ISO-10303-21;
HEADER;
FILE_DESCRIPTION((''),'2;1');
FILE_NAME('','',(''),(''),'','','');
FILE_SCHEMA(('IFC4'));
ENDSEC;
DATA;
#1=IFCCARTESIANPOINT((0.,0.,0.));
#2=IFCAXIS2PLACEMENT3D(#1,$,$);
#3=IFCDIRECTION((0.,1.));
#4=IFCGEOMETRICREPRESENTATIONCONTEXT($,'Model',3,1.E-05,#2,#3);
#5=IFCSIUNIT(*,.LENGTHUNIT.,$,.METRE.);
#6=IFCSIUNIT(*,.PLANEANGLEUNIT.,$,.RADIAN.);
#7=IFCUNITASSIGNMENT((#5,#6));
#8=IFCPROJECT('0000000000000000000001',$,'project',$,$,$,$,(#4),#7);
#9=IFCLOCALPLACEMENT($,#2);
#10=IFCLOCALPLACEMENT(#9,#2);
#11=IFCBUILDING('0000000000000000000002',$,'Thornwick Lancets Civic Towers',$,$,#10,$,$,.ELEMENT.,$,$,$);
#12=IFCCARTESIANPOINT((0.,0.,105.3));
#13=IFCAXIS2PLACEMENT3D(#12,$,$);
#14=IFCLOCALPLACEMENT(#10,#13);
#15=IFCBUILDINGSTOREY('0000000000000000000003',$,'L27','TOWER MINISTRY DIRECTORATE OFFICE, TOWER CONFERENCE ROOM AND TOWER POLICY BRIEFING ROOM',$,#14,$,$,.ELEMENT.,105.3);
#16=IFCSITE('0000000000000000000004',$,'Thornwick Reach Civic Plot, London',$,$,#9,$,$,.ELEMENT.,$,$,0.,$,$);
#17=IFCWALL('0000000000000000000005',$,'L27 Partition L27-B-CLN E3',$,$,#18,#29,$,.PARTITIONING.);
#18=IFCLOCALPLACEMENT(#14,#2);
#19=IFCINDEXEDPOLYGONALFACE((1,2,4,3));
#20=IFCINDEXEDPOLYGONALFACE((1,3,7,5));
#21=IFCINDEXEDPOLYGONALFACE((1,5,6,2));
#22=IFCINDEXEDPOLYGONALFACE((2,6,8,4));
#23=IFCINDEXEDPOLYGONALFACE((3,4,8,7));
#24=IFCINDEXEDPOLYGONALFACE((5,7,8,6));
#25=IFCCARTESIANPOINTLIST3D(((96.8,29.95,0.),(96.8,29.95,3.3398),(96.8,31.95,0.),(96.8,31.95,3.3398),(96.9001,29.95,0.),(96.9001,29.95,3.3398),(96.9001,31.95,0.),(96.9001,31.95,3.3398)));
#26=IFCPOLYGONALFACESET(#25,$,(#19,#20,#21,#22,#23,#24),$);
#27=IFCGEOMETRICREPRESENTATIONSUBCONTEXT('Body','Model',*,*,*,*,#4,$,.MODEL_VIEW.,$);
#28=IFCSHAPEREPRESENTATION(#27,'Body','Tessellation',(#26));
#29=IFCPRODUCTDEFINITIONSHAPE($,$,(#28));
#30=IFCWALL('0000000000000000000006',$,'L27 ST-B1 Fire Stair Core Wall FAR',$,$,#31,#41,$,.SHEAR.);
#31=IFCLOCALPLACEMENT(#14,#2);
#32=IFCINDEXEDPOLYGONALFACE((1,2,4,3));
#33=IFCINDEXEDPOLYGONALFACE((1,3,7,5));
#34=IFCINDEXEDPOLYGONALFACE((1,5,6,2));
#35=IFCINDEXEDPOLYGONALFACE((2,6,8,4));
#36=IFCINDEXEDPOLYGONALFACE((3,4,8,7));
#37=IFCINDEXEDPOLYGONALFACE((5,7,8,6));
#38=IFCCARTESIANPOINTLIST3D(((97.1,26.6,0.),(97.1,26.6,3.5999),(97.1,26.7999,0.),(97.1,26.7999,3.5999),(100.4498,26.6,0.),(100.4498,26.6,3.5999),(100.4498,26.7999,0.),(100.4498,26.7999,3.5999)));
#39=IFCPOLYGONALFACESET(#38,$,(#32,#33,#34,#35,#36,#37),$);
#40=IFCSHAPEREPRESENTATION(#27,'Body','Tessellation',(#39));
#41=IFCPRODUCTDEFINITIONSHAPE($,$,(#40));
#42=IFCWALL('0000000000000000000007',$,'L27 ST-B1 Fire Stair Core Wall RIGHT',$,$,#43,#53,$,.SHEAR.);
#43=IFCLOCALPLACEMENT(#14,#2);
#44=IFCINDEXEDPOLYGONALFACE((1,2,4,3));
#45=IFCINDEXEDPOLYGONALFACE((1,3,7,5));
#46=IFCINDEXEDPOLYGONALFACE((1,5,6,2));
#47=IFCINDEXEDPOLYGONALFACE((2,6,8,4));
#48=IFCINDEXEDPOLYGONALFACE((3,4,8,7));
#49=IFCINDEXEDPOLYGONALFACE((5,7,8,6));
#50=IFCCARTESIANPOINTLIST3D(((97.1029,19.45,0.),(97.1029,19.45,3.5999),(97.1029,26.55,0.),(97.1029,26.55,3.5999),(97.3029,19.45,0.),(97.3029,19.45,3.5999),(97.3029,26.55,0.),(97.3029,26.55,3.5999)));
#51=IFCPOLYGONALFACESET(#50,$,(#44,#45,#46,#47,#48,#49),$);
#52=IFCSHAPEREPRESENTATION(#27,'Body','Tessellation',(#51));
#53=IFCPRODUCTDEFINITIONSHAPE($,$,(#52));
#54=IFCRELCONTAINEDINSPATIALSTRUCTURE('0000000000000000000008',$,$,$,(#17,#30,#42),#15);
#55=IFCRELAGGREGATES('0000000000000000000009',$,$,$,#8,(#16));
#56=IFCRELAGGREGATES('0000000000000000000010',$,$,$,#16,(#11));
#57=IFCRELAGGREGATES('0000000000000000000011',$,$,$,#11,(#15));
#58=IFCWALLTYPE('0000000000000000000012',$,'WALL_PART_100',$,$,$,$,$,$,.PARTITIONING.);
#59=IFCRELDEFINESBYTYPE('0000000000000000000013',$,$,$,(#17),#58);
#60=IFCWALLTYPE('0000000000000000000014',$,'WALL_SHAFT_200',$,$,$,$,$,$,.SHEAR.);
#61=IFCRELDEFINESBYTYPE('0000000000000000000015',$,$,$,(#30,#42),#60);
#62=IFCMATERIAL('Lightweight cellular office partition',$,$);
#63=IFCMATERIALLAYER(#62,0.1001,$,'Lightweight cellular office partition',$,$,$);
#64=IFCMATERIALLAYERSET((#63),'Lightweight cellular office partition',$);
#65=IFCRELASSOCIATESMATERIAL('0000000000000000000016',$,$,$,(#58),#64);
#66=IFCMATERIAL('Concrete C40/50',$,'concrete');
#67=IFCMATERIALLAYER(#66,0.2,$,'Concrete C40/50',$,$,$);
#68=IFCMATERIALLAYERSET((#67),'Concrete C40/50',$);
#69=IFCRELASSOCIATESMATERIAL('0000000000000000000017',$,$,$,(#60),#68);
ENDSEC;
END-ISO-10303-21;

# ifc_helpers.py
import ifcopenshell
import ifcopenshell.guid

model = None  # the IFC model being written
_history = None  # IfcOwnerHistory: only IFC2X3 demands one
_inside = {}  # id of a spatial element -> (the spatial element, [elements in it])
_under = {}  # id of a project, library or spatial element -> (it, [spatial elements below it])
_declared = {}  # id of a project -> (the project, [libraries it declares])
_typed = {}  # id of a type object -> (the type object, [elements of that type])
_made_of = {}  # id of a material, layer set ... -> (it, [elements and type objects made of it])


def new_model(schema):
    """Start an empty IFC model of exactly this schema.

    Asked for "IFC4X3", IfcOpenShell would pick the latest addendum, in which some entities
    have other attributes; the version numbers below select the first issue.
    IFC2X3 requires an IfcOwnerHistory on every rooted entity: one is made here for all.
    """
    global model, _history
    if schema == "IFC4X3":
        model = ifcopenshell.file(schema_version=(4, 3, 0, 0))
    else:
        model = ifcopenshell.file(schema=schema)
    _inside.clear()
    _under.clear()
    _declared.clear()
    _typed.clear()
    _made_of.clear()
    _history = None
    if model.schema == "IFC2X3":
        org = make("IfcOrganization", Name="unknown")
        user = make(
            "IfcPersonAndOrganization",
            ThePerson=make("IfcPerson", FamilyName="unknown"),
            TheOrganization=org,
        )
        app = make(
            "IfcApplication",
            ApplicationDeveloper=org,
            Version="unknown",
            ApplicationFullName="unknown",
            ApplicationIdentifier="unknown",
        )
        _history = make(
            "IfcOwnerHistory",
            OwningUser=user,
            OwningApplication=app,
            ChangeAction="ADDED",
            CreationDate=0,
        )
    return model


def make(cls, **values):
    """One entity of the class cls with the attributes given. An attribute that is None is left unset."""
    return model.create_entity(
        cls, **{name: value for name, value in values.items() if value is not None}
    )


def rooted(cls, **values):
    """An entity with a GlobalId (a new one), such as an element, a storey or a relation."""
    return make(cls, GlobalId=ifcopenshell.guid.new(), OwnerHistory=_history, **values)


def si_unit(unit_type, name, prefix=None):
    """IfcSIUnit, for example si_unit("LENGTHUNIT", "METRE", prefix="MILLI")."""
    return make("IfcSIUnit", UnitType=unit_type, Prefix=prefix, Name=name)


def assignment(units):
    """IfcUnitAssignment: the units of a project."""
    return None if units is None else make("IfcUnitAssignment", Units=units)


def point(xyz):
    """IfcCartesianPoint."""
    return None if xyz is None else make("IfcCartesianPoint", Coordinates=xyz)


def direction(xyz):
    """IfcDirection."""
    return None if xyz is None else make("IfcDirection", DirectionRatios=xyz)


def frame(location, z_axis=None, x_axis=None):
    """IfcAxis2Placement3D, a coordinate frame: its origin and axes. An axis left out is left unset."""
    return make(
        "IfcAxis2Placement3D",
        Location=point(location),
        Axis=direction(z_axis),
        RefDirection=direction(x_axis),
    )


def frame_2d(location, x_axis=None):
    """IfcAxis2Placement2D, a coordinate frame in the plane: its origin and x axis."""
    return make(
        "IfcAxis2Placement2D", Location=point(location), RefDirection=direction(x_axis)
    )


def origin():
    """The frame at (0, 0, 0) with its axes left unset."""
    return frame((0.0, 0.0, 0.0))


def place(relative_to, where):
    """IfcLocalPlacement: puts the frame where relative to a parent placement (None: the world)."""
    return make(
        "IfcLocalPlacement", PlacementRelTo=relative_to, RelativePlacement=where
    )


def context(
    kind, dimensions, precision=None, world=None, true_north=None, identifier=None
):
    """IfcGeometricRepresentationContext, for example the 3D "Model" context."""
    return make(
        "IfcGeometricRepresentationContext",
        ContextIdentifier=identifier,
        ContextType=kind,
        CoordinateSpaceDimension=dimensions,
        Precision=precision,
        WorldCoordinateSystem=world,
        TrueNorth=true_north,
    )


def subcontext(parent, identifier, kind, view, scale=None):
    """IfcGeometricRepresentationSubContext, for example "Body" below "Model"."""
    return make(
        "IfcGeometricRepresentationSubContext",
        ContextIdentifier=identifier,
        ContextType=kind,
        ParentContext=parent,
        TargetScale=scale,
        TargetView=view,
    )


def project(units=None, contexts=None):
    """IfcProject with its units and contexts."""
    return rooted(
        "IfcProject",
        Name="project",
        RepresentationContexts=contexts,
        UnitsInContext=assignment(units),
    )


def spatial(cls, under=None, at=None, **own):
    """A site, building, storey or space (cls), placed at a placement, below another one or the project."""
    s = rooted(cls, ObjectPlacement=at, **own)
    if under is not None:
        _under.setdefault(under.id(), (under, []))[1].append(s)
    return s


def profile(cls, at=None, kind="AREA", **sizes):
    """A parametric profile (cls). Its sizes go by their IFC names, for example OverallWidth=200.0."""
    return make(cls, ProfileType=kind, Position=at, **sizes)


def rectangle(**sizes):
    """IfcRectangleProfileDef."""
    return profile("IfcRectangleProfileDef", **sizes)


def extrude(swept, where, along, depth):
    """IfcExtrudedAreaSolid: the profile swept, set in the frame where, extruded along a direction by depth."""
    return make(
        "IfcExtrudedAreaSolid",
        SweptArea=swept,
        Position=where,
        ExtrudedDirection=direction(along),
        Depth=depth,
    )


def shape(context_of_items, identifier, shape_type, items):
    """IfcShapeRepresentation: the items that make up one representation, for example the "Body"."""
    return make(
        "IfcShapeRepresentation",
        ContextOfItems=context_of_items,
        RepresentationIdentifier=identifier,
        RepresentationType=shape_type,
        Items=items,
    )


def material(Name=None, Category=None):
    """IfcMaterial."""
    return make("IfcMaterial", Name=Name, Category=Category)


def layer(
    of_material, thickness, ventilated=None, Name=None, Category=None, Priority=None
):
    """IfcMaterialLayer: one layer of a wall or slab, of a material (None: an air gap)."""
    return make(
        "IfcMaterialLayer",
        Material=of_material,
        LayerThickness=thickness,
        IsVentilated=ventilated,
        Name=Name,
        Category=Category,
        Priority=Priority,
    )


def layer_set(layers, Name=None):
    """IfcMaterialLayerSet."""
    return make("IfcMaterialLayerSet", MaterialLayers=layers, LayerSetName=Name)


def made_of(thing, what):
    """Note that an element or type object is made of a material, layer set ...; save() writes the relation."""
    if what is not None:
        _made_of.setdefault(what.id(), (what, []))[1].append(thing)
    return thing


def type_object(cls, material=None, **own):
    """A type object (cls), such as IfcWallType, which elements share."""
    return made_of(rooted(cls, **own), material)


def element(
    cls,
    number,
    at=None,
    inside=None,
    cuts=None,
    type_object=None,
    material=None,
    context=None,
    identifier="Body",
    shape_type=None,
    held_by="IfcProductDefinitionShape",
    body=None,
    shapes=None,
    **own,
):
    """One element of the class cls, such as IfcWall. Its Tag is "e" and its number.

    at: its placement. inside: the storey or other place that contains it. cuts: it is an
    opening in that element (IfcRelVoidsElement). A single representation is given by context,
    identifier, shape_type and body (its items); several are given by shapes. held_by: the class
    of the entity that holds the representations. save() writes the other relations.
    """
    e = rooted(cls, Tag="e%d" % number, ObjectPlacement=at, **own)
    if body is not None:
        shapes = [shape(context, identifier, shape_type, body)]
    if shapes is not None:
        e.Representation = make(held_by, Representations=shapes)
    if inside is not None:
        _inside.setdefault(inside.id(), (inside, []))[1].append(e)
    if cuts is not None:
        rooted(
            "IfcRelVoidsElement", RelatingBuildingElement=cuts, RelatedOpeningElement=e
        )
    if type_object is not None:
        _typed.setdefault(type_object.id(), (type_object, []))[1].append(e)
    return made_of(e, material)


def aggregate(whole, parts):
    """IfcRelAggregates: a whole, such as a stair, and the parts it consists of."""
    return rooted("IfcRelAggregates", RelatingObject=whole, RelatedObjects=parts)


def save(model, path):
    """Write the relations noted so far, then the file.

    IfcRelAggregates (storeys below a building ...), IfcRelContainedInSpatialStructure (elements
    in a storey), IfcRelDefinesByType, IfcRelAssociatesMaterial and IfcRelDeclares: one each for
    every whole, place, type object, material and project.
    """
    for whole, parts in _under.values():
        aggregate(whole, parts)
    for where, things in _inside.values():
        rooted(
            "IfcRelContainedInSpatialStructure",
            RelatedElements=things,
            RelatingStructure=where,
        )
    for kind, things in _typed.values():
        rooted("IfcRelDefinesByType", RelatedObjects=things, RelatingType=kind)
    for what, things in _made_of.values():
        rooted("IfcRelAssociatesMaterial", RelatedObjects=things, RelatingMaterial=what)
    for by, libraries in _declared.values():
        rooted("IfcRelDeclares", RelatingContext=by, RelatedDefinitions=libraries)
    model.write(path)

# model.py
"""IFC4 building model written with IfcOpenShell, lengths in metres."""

from ifc_helpers import new_model, si_unit, direction, frame, frame_2d, origin, place, context, subcontext, project, spatial, rectangle, extrude, material, layer, layer_set, type_object, element, save


model = new_model("IFC4")

# Units and contexts
model_context = context("Model", 3, precision=1e-05, world=origin(), true_north=direction((0.0, 1.0)))
body_context = subcontext(model_context, "Body", "Model", "MODEL_VIEW")
ifc_project = project(units=[si_unit("LENGTHUNIT", "METRE"), si_unit("PLANEANGLEUNIT", "RADIAN")], contexts=[model_context])

# Site, building, storey
site_placement = place(None, origin())
site = spatial("IfcSite", under=ifc_project, at=site_placement, Name="Thornwick Reach Civic Plot, London", CompositionType="ELEMENT", RefElevation=0.0)
building_placement = place(site_placement, origin())
building = spatial("IfcBuilding", under=site, at=building_placement, Name="Thornwick Lancets Civic Towers", CompositionType="ELEMENT")
storey_placement = place(building_placement, frame((0.0, 0.0, 105.3)))
storey = spatial("IfcBuildingStorey", under=building, at=storey_placement, Name="L27", Description="TOWER MINISTRY DIRECTORATE OFFICE, TOWER CONFERENCE ROOM AND TOWER POLICY BRIEFING ROOM", CompositionType="ELEMENT", Elevation=105.3)

# Shared definitions
ifc_material_1 = material(Name="Lightweight cellular office partition")
ifc_layer_1 = layer(ifc_material_1, 0.1001, Name="Lightweight cellular office partition")
ifc_layer_set_1 = layer_set([ifc_layer_1], Name="Lightweight cellular office partition")
wall_type_1 = type_object("IfcWallType", Name="WALL_PART_100", PredefinedType="PARTITIONING", material=ifc_layer_set_1)

# Walls
wall_1_placement = place(storey_placement, frame((96.8501, 31.95, 0.0), z_axis=(0.0, 0.0, 1.0), x_axis=(0.0, -1.0, 0.0)))
element("IfcWall", 1, at=wall_1_placement, inside=storey, type_object=wall_type_1, Name="L27 Partition L27-B-CLN E3", PredefinedType="PARTITIONING", context=body_context, shape_type="SweptSolid", body=[
    extrude(rectangle(XDim=2.0, YDim=0.1001, at=frame_2d((1.0, 0.0))), origin(), (0.0, 0.0, 1.0), 3.3398),
])
ifc_material_2 = material(Name="Concrete C40/50", Category="concrete")
ifc_layer_2 = layer(ifc_material_2, 0.2, Name="Concrete C40/50")
ifc_layer_set_2 = layer_set([ifc_layer_2], Name="Concrete C40/50")
wall_type_2 = type_object("IfcWallType", Name="WALL_SHAFT_200", PredefinedType="SHEAR", material=ifc_layer_set_2)
wall_2_placement = place(storey_placement, frame((97.1001, 26.7, 0.0), z_axis=(0.0, 0.0, 1.0), x_axis=(1.0, 0.0, 0.0)))
element("IfcWall", 2, at=wall_2_placement, inside=storey, type_object=wall_type_2, Name="L27 ST-B1 Fire Stair Core Wall FAR", PredefinedType="SHEAR", context=body_context, shape_type="SweptSolid", body=[
    extrude(rectangle(XDim=3.3499, YDim=0.2, at=frame_2d((1.6748, 0.0))), origin(), (0.0, 0.0, 1.0), 3.5999),
])
wall_3_placement = place(storey_placement, frame((97.2029, 26.55, 0.0), z_axis=(0.0, 0.0, 1.0), x_axis=(0.0, -1.0, 0.0)))
element("IfcWall", 3, at=wall_3_placement, inside=storey, type_object=wall_type_2, Name="L27 ST-B1 Fire Stair Core Wall RIGHT", PredefinedType="SHEAR", context=body_context, shape_type="SweptSolid", body=[
    extrude(rectangle(XDim=7.1001, YDim=0.2, at=frame_2d((3.55, 0.0))), origin(), (0.0, 0.0, 1.0), 3.5999),
])

save(model, "model.ifc")
